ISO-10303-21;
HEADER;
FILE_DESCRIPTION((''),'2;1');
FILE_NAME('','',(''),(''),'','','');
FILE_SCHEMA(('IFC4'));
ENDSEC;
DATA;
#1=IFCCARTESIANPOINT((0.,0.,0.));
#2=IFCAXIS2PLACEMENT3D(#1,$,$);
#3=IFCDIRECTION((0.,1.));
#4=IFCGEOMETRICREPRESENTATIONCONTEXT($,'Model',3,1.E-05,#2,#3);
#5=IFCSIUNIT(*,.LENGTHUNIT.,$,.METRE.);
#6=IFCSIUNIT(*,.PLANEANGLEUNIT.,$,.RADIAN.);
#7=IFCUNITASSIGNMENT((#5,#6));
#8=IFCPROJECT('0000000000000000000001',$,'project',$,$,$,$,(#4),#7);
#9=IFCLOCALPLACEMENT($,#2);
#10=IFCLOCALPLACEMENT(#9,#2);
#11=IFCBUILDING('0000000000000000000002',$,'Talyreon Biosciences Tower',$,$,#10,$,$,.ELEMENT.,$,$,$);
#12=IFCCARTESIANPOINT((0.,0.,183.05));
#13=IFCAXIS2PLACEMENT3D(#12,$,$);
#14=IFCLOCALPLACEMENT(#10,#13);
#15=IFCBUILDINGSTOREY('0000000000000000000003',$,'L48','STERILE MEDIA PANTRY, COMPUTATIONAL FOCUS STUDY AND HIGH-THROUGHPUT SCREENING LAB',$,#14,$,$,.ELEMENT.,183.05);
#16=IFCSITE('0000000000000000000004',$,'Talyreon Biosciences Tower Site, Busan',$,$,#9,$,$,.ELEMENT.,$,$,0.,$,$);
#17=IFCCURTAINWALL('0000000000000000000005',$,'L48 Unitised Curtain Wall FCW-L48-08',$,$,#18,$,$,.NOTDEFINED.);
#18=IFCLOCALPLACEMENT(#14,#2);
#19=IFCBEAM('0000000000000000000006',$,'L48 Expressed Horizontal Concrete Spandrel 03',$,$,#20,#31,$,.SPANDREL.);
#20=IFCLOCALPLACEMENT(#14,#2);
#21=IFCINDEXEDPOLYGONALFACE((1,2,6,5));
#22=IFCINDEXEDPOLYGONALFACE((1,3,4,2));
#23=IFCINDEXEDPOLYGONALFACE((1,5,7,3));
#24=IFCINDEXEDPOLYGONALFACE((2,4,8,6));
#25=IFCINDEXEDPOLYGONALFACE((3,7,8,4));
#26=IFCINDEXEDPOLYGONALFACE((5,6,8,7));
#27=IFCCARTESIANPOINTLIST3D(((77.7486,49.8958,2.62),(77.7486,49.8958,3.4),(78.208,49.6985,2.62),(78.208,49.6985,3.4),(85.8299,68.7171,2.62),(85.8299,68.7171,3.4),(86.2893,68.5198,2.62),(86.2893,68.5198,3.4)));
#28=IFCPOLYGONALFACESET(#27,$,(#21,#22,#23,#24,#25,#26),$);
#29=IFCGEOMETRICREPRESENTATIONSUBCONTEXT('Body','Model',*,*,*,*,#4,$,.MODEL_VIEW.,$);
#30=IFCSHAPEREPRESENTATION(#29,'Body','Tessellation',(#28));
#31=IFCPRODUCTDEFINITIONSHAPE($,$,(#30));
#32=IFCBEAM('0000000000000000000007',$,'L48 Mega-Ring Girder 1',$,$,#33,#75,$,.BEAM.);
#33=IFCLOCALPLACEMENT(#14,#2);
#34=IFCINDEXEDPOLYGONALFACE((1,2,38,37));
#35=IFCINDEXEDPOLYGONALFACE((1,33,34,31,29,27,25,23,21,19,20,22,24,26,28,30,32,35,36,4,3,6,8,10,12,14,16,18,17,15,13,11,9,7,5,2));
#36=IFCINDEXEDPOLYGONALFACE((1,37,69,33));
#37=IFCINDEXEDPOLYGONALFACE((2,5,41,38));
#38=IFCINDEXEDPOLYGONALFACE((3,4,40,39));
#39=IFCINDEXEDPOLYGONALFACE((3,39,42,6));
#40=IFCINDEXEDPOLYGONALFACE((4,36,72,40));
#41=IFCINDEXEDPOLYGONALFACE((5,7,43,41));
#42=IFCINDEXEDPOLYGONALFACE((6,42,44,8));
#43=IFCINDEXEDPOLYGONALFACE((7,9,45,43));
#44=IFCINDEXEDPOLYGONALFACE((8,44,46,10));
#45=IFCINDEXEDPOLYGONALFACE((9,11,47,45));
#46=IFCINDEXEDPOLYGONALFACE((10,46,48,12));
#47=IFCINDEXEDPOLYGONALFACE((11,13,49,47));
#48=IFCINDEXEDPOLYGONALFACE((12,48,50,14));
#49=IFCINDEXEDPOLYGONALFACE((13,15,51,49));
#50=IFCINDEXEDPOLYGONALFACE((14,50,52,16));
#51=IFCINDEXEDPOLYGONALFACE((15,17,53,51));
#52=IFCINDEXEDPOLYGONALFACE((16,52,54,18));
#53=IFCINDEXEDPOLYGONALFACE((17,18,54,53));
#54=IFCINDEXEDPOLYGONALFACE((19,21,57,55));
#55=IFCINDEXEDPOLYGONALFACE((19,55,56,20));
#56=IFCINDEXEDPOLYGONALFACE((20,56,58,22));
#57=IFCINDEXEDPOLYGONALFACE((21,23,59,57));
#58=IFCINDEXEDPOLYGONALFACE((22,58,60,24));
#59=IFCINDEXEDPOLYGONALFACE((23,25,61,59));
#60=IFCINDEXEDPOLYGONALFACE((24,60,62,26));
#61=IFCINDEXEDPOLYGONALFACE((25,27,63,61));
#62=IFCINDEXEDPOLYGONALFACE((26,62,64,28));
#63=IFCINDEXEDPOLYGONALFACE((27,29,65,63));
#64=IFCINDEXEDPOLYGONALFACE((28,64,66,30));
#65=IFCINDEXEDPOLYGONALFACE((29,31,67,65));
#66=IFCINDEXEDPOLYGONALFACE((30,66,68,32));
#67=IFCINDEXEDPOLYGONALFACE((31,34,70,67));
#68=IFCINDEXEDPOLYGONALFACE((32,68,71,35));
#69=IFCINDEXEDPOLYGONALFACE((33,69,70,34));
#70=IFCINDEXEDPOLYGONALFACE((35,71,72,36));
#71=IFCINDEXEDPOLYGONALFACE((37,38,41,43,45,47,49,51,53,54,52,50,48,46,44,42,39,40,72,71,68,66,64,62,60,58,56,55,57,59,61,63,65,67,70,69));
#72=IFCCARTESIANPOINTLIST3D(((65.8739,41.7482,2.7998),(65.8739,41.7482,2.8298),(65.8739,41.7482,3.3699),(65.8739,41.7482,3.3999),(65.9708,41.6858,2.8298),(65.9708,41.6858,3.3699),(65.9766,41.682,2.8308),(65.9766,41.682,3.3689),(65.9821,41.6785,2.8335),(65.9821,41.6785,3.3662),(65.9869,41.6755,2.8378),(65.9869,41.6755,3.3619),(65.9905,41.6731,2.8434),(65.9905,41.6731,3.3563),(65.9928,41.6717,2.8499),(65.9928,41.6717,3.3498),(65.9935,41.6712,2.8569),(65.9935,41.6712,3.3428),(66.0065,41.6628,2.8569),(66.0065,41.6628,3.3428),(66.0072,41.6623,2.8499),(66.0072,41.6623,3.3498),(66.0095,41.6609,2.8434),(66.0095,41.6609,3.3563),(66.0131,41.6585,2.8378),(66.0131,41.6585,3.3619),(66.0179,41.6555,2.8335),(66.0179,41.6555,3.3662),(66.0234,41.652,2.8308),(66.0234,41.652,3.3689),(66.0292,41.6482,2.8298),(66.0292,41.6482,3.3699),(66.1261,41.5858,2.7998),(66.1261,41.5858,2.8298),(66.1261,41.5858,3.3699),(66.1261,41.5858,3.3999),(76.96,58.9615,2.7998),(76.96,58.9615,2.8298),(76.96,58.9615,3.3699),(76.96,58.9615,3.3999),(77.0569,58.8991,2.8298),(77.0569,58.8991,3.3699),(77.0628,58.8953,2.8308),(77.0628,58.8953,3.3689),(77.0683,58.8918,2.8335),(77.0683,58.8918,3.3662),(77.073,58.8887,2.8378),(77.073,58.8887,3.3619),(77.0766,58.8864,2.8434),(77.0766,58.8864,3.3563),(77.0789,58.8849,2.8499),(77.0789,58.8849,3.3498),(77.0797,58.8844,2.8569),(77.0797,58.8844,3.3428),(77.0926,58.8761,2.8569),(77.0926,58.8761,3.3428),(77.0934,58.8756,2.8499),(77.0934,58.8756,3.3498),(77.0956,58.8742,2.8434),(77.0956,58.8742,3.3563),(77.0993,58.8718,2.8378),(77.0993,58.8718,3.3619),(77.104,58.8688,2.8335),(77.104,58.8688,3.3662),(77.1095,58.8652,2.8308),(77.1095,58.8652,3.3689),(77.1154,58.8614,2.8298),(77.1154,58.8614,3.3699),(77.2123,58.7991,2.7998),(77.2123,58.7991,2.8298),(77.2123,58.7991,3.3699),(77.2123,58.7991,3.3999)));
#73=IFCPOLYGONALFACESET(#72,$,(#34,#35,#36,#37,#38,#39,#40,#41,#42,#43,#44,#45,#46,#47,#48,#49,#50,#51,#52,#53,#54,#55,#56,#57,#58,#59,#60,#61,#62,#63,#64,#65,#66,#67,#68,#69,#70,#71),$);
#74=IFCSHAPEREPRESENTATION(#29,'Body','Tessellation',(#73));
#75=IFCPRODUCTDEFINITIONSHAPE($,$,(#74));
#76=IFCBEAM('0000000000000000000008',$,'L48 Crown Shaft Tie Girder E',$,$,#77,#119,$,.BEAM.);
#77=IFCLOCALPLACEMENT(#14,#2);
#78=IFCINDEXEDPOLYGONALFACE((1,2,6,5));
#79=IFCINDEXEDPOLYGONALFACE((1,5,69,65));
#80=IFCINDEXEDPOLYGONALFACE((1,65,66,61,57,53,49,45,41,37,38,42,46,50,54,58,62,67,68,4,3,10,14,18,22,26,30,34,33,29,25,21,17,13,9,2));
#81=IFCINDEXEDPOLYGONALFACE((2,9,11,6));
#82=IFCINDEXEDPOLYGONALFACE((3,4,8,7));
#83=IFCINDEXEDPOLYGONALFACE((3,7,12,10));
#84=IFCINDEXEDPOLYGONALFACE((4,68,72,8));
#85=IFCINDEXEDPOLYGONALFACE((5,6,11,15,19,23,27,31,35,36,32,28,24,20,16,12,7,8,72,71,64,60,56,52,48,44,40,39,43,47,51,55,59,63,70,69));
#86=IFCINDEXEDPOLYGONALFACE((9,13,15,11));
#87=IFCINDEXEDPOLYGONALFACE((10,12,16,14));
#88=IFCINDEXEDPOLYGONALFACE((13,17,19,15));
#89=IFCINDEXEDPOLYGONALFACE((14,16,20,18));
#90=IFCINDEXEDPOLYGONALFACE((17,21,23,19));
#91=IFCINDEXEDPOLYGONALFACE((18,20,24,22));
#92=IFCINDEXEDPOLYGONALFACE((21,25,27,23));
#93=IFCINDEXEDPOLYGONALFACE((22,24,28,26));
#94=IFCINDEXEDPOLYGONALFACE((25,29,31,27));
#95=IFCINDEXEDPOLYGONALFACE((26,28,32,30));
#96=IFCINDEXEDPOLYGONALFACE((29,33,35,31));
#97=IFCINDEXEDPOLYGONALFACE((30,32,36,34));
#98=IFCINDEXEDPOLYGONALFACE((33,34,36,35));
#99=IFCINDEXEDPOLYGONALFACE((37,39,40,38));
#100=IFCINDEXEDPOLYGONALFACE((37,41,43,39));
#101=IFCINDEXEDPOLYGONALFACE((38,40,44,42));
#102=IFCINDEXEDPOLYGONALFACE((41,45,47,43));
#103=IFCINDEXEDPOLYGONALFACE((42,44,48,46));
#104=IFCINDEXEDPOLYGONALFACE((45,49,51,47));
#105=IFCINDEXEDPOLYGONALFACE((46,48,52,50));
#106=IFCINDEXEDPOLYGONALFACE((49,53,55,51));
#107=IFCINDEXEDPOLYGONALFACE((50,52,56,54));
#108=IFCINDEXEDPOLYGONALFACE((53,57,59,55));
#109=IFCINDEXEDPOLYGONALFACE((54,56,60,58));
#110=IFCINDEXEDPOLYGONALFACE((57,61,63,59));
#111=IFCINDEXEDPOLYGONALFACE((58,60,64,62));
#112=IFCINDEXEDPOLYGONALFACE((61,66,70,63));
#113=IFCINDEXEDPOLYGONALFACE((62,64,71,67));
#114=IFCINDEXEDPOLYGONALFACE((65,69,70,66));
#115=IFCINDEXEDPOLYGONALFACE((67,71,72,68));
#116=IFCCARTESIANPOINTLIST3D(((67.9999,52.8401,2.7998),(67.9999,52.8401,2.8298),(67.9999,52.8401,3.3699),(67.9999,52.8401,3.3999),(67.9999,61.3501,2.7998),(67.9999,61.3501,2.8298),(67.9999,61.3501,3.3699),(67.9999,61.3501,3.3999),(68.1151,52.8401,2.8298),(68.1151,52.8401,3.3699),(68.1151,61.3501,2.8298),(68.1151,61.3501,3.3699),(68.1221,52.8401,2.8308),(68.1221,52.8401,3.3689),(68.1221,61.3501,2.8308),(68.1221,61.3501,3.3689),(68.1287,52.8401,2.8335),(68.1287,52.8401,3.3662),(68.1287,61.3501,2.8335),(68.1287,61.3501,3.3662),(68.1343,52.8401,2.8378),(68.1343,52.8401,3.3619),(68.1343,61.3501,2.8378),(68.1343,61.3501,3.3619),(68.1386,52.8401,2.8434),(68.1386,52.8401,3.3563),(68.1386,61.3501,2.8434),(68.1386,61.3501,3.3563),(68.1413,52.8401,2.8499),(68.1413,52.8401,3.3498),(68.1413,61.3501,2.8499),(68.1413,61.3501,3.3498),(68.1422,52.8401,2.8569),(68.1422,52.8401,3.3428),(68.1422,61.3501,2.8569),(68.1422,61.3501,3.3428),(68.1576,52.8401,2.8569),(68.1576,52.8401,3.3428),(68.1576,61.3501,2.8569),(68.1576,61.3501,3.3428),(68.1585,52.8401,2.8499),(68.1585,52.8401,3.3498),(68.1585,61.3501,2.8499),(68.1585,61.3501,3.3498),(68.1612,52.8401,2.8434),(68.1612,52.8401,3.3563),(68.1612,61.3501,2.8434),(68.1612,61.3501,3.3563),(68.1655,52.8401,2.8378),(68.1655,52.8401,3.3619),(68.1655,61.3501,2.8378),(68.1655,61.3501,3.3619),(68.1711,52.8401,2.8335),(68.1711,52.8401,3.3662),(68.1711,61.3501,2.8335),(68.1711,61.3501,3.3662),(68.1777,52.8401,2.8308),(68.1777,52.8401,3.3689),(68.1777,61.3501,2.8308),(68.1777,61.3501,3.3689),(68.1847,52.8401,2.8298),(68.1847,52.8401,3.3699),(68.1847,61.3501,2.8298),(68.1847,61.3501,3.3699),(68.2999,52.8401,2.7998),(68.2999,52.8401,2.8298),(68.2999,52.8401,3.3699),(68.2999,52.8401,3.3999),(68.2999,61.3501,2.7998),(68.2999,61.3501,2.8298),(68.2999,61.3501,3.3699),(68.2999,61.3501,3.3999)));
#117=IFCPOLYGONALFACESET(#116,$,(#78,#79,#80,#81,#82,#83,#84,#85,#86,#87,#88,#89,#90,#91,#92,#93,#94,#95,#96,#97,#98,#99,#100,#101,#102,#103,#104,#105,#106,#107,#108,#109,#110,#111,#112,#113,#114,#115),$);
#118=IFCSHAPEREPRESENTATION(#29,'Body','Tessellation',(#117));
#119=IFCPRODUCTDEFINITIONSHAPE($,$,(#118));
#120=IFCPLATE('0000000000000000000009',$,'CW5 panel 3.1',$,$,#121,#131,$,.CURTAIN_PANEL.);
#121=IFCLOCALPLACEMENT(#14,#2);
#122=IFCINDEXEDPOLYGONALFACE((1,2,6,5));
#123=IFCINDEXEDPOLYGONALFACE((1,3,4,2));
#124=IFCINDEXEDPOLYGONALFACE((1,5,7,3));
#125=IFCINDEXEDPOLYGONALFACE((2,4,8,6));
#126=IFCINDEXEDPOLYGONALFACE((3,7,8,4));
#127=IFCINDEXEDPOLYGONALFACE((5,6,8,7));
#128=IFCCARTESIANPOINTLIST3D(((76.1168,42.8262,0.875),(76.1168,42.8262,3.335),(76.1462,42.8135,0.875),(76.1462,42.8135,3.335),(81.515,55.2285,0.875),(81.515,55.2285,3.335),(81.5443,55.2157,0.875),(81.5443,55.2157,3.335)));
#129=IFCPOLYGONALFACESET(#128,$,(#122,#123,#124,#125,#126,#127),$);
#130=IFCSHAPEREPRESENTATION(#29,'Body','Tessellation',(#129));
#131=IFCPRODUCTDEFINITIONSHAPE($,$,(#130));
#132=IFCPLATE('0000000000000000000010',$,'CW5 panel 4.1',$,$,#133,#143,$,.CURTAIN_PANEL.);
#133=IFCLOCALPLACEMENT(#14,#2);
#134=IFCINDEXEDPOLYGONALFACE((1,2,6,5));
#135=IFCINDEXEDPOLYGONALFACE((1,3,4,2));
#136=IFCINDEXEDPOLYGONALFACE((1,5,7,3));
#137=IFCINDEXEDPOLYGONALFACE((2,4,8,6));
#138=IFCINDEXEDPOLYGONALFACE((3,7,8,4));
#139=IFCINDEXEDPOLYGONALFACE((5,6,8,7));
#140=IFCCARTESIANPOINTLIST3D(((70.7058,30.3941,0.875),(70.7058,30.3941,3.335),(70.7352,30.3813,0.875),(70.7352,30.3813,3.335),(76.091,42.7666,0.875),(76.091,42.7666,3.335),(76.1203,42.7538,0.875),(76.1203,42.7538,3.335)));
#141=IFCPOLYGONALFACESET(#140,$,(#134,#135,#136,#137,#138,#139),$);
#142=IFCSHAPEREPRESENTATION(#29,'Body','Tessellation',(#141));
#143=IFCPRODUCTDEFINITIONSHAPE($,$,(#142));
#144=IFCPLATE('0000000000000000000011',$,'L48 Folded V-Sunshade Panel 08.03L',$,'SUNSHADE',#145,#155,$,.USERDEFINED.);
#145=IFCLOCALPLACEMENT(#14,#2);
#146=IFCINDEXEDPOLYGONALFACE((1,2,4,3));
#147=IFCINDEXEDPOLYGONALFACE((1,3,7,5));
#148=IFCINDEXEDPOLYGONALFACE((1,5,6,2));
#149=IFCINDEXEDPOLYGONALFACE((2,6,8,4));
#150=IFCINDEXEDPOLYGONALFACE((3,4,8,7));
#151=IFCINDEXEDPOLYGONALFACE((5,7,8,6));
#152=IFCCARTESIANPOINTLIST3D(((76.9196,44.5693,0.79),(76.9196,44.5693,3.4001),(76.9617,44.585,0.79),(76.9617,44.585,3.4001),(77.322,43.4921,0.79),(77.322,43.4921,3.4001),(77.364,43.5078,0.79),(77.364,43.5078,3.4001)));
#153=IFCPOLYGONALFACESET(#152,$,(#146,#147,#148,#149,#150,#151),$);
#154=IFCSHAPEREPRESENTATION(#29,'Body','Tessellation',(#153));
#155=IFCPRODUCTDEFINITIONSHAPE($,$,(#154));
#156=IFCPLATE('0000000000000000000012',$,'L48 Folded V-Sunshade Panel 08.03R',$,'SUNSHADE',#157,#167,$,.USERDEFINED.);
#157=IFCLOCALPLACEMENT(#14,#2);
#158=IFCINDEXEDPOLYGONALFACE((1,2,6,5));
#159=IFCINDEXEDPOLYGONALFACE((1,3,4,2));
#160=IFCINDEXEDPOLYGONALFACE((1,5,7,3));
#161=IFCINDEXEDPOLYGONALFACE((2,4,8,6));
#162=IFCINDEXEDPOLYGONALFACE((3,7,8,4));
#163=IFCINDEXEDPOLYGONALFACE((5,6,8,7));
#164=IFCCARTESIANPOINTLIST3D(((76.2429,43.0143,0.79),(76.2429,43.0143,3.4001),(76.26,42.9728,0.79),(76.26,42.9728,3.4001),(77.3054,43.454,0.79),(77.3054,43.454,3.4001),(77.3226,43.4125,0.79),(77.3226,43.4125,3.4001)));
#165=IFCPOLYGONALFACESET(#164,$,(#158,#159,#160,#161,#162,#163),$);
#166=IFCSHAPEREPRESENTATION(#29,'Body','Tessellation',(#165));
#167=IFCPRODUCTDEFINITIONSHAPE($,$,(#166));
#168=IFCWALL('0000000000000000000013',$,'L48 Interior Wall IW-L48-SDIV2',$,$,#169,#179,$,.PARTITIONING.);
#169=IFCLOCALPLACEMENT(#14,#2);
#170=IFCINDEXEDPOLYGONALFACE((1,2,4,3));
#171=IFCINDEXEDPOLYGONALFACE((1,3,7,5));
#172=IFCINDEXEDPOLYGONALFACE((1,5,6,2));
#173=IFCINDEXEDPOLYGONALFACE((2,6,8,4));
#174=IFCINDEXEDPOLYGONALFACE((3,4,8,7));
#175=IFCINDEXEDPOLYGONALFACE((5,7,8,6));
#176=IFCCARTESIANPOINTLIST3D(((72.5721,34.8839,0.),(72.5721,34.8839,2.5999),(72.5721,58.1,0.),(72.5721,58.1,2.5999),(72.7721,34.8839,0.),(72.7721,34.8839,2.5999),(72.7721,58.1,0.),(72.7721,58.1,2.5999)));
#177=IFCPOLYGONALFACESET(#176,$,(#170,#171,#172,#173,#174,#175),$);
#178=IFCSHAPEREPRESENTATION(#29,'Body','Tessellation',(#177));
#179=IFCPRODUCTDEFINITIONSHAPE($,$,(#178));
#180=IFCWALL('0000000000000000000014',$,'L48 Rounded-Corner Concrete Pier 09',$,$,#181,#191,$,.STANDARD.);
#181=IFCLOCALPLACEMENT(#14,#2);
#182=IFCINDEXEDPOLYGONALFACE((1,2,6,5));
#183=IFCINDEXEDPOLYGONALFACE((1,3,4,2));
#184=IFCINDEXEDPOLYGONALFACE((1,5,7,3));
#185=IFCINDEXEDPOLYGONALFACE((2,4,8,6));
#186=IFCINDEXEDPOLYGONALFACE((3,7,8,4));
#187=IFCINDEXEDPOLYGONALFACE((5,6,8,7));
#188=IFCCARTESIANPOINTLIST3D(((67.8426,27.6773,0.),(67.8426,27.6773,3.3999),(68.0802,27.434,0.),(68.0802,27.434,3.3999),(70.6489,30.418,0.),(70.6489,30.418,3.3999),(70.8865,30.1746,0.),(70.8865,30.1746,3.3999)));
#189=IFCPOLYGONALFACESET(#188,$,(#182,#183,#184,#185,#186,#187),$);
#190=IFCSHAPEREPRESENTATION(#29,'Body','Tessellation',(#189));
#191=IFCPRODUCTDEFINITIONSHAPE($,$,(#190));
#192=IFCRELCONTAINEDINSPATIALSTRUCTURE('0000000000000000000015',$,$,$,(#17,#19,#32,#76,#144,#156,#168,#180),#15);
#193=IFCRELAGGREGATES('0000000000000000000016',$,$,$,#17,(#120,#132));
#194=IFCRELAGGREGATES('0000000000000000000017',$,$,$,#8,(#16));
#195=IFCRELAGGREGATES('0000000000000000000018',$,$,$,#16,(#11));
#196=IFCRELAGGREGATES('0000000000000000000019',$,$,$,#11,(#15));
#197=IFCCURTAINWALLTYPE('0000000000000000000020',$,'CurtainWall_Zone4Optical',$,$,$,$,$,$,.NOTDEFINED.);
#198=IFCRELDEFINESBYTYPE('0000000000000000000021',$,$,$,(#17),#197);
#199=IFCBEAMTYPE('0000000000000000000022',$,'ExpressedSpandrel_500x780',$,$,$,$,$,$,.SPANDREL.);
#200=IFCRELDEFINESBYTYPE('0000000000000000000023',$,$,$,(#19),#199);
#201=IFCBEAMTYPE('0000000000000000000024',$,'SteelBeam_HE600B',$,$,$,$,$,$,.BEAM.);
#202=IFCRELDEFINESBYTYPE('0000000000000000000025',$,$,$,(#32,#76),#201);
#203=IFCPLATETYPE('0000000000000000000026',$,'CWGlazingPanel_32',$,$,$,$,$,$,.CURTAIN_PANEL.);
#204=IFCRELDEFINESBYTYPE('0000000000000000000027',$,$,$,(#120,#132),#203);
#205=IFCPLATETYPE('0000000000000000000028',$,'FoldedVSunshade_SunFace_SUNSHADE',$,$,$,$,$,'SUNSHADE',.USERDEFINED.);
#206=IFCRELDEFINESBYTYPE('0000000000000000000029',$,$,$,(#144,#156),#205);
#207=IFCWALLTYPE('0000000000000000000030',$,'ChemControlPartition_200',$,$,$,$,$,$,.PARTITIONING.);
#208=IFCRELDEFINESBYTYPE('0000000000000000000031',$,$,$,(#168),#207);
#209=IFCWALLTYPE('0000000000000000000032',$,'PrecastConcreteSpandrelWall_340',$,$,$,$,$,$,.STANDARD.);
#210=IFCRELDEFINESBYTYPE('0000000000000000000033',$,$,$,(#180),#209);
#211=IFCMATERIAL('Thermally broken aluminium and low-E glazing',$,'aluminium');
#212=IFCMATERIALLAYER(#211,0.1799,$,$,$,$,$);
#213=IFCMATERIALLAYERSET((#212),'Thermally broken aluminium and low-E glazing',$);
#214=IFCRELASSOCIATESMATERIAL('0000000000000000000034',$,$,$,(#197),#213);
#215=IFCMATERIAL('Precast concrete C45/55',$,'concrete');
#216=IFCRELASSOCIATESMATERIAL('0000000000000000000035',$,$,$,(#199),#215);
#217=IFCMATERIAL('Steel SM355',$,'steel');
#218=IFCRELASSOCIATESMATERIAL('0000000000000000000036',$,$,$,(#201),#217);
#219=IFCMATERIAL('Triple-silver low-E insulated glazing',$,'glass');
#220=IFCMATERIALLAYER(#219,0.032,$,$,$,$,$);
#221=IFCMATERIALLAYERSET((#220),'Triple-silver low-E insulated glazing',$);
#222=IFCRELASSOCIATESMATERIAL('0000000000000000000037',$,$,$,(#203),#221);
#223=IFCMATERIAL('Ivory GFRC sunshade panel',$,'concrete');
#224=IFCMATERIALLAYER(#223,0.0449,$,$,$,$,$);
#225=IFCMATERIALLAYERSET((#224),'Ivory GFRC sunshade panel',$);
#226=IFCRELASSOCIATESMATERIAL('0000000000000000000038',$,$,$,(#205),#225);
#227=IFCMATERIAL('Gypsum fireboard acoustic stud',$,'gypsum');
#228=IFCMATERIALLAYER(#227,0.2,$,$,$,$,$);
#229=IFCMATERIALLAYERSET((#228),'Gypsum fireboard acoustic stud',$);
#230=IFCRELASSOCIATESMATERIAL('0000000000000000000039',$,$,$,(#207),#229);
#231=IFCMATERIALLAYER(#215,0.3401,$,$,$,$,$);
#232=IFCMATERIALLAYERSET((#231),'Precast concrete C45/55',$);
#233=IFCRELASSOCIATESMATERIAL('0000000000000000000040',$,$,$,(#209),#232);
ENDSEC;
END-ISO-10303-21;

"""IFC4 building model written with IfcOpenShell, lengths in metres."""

from ifc_helpers import new_model, si_unit, direction, frame, frame_2d, origin, origin_2d, place, context, subcontext, project, spatial, rectangle, i_section, extrude, material, layer, layer_set, material_profile, profile_set, type_object, element, aggregate, save


model = new_model("IFC4")

# Units and contexts
model_context = context("Model", 3, precision=1e-05, world=origin(), true_north=direction((0.0, 1.0)))
body_context = subcontext(model_context, "Body", "Model", "MODEL_VIEW")
ifc_project = project(units=[si_unit("LENGTHUNIT", "METRE"), si_unit("PLANEANGLEUNIT", "RADIAN")], contexts=[model_context])

# Site, building, storey
site_placement = place(None, origin())
site = spatial("IfcSite", under=ifc_project, at=site_placement, Name="Talyreon Biosciences Tower Site, Busan", CompositionType="ELEMENT", RefElevation=0.0)
building_placement = place(site_placement, origin())
building = spatial("IfcBuilding", under=site, at=building_placement, Name="Talyreon Biosciences Tower", CompositionType="ELEMENT")
storey_placement = place(building_placement, frame((0.0, 0.0, 183.05)))
storey = spatial("IfcBuildingStorey", under=building, at=storey_placement, Name="L48", Description="STERILE MEDIA PANTRY, COMPUTATIONAL FOCUS STUDY AND HIGH-THROUGHPUT SCREENING LAB", CompositionType="ELEMENT", Elevation=183.05)

# Shared definitions
ifc_material_1 = material(Name="Precast concrete C45/55", Category="concrete")

# Curtain wall
ifc_material_2 = material(Name="Thermally broken aluminium and low-E glazing", Category="aluminium")
ifc_layer_1 = layer(ifc_material_2, 0.1799)
ifc_layer_set_1 = layer_set([ifc_layer_1], Name="Thermally broken aluminium and low-E glazing")
curtain_wall_type = type_object("IfcCurtainWallType", Name="CurtainWall_Zone4Optical", PredefinedType="NOTDEFINED", material=ifc_layer_set_1)
curtain_wall_placement = place(storey_placement, origin())
curtain_wall = element("IfcCurtainWall", 1, at=curtain_wall_placement, inside=storey, type_object=curtain_wall_type, Name="L48 Unitised Curtain Wall FCW-L48-08", PredefinedType="NOTDEFINED")

# Beams
ifc_material_profile_1 = material_profile(ifc_material_1, rectangle(XDim=0.5, YDim=0.78, at=origin_2d()), Name="RCB 500x780")
ifc_profile_set_1 = profile_set([ifc_material_profile_1], Name="Precast concrete C45/55")
beam_type_1 = type_object("IfcBeamType", Name="ExpressedSpandrel_500x780", PredefinedType="SPANDREL", material=ifc_profile_set_1)
beam_1_placement = place(storey_placement, frame((77.9783, 49.7971, 3.01), z_axis=(0.394539, 0.918879, 0.0), x_axis=(-0.918879, 0.394539, 0.0)))
element("IfcBeam", 2, at=beam_1_placement, inside=storey, type_object=beam_type_1, Name="L48 Expressed Horizontal Concrete Spandrel 03", PredefinedType="SPANDREL", context=body_context, shape_type="SweptSolid", body=[
    extrude(rectangle(XDim=0.5, YDim=0.78, at=origin_2d()), origin(), (0.0, 0.0, 1.0), 20.4829),
])
ifc_material_3 = material(Name="Steel SM355", Category="steel")
ifc_material_profile_2 = material_profile(ifc_material_3, i_section(OverallWidth=0.3, OverallDepth=0.6001, WebThickness=0.0154, FlangeThickness=0.03, FilletRadius=0.0271, at=origin_2d()), Name="HE600B")
ifc_profile_set_2 = profile_set([ifc_material_profile_2], Name="Steel SM355")
beam_type_2 = type_object("IfcBeamType", Name="SteelBeam_HE600B", PredefinedType="BEAM", material=ifc_profile_set_2)
beam_2_placement = place(storey_placement, frame((66.0, 41.667, 3.0999), z_axis=(0.541464, 0.840724, 0.0), x_axis=(-0.840724, 0.541464, 0.0)))
element("IfcBeam", 3, at=beam_2_placement, inside=storey, type_object=beam_type_2, Name="L48 Mega-Ring Girder 1", PredefinedType="BEAM", context=body_context, shape_type="SweptSolid", body=[
    extrude(i_section(OverallWidth=0.3, OverallDepth=0.6001, WebThickness=0.0154, FlangeThickness=0.03, FilletRadius=0.0271, at=origin_2d()), origin(), (0.0, 0.0, 1.0), 20.4744),
])
beam_3_placement = place(storey_placement, frame((68.1499, 52.8401, 3.0999), z_axis=(0.0, 1.0, 0.0), x_axis=(-1.0, 0.0, 0.0)))
element("IfcBeam", 4, at=beam_3_placement, inside=storey, type_object=beam_type_2, Name="L48 Crown Shaft Tie Girder E", PredefinedType="BEAM", context=body_context, shape_type="SweptSolid", body=[
    extrude(i_section(OverallWidth=0.3, OverallDepth=0.6001, WebThickness=0.0154, FlangeThickness=0.03, FilletRadius=0.0271, at=origin_2d()), origin(), (0.0, 0.0, 1.0), 8.51),
])

# Plates
ifc_material_4 = material(Name="Triple-silver low-E insulated glazing", Category="glass")
ifc_layer_2 = layer(ifc_material_4, 0.032)
ifc_layer_set_2 = layer_set([ifc_layer_2], Name="Triple-silver low-E insulated glazing")
plate_type_1 = type_object("IfcPlateType", Name="CWGlazingPanel_32", PredefinedType="CURTAIN_PANEL", material=ifc_layer_set_2)
plate_1_placement = place(storey_placement, frame((78.8306, 49.021, 0.875), z_axis=(0.0, 0.0, 1.0), x_axis=(-0.399089, -0.916912, 0.0)))
plate_1 = element("IfcPlate", 5, at=plate_1_placement, type_object=plate_type_1, Name="CW5 panel 3.1", PredefinedType="CURTAIN_PANEL", context=body_context, shape_type="SweptSolid", body=[
    extrude(rectangle(XDim=13.5261, YDim=0.032, at=origin_2d()), origin(), (0.0, 0.0, 1.0), 2.46),
])
plate_2_placement = place(storey_placement, frame((73.4131, 36.574, 0.875), z_axis=(0.0, 0.0, 1.0), x_axis=(-0.399089, -0.916912, 0.0)))
plate_2 = element("IfcPlate", 6, at=plate_2_placement, type_object=plate_type_1, Name="CW5 panel 4.1", PredefinedType="CURTAIN_PANEL", context=body_context, shape_type="SweptSolid", body=[
    extrude(rectangle(XDim=13.4937, YDim=0.032, at=origin_2d()), origin(), (0.0, 0.0, 1.0), 2.46),
])
aggregate(curtain_wall, [plate_1, plate_2])

# Plates
ifc_material_5 = material(Name="Ivory GFRC sunshade panel", Category="concrete")
ifc_layer_3 = layer(ifc_material_5, 0.0449)
ifc_layer_set_3 = layer_set([ifc_layer_3], Name="Ivory GFRC sunshade panel")
plate_type_2 = type_object("IfcPlateType", Name="FoldedVSunshade_SunFace_SUNSHADE", ElementType="SUNSHADE", PredefinedType="USERDEFINED", material=ifc_layer_set_3)
for number, where, z_axis, x_axis, name in (
    (7, (77.1418, 44.0386, 0.79), (0.0, 0.0, 1.0), (0.349864, -0.9368, 0.0), "L48 Folded V-Sunshade Panel 08.03L"),
    (8, (76.7827, 43.2134, 0.79), (0.0, 0.0, 1.0), (-0.92402, -0.382345, 0.0), "L48 Folded V-Sunshade Panel 08.03R"),
):
    element("IfcPlate", number, at=place(storey_placement, frame(where, z_axis=z_axis, x_axis=x_axis)), inside=storey, type_object=plate_type_2, Name=name, ObjectType="SUNSHADE", PredefinedType="USERDEFINED", context=body_context, shape_type="SweptSolid", body=[
        extrude(rectangle(XDim=1.1499, YDim=0.0449, at=origin_2d()), origin(), (0.0, 0.0, 1.0), 2.6101),
    ])

# Wall
ifc_material_6 = material(Name="Gypsum fireboard acoustic stud", Category="gypsum")
ifc_layer_4 = layer(ifc_material_6, 0.2)
ifc_layer_set_4 = layer_set([ifc_layer_4], Name="Gypsum fireboard acoustic stud")
wall_type_1 = type_object("IfcWallType", Name="ChemControlPartition_200", PredefinedType="PARTITIONING", material=ifc_layer_set_4)
wall_1_placement = place(storey_placement, frame((72.6721, 34.884, 0.0), z_axis=(0.0, 0.0, 1.0), x_axis=(0.0, 1.0, 0.0)))
element("IfcWall", 9, at=wall_1_placement, inside=storey, type_object=wall_type_1, Name="L48 Interior Wall IW-L48-SDIV2", PredefinedType="PARTITIONING", context=body_context, shape_type="SweptSolid", body=[
    extrude(rectangle(XDim=23.2161, YDim=0.2, at=frame_2d((11.6079, 0.0))), origin(), (0.0, 0.0, 1.0), 2.5999),
])

# Wall
ifc_layer_5 = layer(ifc_material_1, 0.3401)
ifc_layer_set_5 = layer_set([ifc_layer_5], Name="Precast concrete C45/55")
wall_type_2 = type_object("IfcWallType", Name="PrecastConcreteSpandrelWall_340", PredefinedType="STANDARD", material=ifc_layer_set_5)
wall_2_placement = place(storey_placement, frame((70.7678, 30.2964, 0.0), z_axis=(0.0, 0.0, 1.0), x_axis=(-0.715428, -0.698686, 0.0)))
element("IfcWall", 10, at=wall_2_placement, inside=storey, type_object=wall_type_2, Name="L48 Rounded-Corner Concrete Pier 09", PredefinedType="STANDARD", context=body_context, shape_type="SweptSolid", body=[
    extrude(rectangle(XDim=3.9226, YDim=0.3401, at=frame_2d((1.9614, 0.0))), origin(), (0.0, 0.0, 1.0), 3.3999),
])

save(model, "model.ifc")
